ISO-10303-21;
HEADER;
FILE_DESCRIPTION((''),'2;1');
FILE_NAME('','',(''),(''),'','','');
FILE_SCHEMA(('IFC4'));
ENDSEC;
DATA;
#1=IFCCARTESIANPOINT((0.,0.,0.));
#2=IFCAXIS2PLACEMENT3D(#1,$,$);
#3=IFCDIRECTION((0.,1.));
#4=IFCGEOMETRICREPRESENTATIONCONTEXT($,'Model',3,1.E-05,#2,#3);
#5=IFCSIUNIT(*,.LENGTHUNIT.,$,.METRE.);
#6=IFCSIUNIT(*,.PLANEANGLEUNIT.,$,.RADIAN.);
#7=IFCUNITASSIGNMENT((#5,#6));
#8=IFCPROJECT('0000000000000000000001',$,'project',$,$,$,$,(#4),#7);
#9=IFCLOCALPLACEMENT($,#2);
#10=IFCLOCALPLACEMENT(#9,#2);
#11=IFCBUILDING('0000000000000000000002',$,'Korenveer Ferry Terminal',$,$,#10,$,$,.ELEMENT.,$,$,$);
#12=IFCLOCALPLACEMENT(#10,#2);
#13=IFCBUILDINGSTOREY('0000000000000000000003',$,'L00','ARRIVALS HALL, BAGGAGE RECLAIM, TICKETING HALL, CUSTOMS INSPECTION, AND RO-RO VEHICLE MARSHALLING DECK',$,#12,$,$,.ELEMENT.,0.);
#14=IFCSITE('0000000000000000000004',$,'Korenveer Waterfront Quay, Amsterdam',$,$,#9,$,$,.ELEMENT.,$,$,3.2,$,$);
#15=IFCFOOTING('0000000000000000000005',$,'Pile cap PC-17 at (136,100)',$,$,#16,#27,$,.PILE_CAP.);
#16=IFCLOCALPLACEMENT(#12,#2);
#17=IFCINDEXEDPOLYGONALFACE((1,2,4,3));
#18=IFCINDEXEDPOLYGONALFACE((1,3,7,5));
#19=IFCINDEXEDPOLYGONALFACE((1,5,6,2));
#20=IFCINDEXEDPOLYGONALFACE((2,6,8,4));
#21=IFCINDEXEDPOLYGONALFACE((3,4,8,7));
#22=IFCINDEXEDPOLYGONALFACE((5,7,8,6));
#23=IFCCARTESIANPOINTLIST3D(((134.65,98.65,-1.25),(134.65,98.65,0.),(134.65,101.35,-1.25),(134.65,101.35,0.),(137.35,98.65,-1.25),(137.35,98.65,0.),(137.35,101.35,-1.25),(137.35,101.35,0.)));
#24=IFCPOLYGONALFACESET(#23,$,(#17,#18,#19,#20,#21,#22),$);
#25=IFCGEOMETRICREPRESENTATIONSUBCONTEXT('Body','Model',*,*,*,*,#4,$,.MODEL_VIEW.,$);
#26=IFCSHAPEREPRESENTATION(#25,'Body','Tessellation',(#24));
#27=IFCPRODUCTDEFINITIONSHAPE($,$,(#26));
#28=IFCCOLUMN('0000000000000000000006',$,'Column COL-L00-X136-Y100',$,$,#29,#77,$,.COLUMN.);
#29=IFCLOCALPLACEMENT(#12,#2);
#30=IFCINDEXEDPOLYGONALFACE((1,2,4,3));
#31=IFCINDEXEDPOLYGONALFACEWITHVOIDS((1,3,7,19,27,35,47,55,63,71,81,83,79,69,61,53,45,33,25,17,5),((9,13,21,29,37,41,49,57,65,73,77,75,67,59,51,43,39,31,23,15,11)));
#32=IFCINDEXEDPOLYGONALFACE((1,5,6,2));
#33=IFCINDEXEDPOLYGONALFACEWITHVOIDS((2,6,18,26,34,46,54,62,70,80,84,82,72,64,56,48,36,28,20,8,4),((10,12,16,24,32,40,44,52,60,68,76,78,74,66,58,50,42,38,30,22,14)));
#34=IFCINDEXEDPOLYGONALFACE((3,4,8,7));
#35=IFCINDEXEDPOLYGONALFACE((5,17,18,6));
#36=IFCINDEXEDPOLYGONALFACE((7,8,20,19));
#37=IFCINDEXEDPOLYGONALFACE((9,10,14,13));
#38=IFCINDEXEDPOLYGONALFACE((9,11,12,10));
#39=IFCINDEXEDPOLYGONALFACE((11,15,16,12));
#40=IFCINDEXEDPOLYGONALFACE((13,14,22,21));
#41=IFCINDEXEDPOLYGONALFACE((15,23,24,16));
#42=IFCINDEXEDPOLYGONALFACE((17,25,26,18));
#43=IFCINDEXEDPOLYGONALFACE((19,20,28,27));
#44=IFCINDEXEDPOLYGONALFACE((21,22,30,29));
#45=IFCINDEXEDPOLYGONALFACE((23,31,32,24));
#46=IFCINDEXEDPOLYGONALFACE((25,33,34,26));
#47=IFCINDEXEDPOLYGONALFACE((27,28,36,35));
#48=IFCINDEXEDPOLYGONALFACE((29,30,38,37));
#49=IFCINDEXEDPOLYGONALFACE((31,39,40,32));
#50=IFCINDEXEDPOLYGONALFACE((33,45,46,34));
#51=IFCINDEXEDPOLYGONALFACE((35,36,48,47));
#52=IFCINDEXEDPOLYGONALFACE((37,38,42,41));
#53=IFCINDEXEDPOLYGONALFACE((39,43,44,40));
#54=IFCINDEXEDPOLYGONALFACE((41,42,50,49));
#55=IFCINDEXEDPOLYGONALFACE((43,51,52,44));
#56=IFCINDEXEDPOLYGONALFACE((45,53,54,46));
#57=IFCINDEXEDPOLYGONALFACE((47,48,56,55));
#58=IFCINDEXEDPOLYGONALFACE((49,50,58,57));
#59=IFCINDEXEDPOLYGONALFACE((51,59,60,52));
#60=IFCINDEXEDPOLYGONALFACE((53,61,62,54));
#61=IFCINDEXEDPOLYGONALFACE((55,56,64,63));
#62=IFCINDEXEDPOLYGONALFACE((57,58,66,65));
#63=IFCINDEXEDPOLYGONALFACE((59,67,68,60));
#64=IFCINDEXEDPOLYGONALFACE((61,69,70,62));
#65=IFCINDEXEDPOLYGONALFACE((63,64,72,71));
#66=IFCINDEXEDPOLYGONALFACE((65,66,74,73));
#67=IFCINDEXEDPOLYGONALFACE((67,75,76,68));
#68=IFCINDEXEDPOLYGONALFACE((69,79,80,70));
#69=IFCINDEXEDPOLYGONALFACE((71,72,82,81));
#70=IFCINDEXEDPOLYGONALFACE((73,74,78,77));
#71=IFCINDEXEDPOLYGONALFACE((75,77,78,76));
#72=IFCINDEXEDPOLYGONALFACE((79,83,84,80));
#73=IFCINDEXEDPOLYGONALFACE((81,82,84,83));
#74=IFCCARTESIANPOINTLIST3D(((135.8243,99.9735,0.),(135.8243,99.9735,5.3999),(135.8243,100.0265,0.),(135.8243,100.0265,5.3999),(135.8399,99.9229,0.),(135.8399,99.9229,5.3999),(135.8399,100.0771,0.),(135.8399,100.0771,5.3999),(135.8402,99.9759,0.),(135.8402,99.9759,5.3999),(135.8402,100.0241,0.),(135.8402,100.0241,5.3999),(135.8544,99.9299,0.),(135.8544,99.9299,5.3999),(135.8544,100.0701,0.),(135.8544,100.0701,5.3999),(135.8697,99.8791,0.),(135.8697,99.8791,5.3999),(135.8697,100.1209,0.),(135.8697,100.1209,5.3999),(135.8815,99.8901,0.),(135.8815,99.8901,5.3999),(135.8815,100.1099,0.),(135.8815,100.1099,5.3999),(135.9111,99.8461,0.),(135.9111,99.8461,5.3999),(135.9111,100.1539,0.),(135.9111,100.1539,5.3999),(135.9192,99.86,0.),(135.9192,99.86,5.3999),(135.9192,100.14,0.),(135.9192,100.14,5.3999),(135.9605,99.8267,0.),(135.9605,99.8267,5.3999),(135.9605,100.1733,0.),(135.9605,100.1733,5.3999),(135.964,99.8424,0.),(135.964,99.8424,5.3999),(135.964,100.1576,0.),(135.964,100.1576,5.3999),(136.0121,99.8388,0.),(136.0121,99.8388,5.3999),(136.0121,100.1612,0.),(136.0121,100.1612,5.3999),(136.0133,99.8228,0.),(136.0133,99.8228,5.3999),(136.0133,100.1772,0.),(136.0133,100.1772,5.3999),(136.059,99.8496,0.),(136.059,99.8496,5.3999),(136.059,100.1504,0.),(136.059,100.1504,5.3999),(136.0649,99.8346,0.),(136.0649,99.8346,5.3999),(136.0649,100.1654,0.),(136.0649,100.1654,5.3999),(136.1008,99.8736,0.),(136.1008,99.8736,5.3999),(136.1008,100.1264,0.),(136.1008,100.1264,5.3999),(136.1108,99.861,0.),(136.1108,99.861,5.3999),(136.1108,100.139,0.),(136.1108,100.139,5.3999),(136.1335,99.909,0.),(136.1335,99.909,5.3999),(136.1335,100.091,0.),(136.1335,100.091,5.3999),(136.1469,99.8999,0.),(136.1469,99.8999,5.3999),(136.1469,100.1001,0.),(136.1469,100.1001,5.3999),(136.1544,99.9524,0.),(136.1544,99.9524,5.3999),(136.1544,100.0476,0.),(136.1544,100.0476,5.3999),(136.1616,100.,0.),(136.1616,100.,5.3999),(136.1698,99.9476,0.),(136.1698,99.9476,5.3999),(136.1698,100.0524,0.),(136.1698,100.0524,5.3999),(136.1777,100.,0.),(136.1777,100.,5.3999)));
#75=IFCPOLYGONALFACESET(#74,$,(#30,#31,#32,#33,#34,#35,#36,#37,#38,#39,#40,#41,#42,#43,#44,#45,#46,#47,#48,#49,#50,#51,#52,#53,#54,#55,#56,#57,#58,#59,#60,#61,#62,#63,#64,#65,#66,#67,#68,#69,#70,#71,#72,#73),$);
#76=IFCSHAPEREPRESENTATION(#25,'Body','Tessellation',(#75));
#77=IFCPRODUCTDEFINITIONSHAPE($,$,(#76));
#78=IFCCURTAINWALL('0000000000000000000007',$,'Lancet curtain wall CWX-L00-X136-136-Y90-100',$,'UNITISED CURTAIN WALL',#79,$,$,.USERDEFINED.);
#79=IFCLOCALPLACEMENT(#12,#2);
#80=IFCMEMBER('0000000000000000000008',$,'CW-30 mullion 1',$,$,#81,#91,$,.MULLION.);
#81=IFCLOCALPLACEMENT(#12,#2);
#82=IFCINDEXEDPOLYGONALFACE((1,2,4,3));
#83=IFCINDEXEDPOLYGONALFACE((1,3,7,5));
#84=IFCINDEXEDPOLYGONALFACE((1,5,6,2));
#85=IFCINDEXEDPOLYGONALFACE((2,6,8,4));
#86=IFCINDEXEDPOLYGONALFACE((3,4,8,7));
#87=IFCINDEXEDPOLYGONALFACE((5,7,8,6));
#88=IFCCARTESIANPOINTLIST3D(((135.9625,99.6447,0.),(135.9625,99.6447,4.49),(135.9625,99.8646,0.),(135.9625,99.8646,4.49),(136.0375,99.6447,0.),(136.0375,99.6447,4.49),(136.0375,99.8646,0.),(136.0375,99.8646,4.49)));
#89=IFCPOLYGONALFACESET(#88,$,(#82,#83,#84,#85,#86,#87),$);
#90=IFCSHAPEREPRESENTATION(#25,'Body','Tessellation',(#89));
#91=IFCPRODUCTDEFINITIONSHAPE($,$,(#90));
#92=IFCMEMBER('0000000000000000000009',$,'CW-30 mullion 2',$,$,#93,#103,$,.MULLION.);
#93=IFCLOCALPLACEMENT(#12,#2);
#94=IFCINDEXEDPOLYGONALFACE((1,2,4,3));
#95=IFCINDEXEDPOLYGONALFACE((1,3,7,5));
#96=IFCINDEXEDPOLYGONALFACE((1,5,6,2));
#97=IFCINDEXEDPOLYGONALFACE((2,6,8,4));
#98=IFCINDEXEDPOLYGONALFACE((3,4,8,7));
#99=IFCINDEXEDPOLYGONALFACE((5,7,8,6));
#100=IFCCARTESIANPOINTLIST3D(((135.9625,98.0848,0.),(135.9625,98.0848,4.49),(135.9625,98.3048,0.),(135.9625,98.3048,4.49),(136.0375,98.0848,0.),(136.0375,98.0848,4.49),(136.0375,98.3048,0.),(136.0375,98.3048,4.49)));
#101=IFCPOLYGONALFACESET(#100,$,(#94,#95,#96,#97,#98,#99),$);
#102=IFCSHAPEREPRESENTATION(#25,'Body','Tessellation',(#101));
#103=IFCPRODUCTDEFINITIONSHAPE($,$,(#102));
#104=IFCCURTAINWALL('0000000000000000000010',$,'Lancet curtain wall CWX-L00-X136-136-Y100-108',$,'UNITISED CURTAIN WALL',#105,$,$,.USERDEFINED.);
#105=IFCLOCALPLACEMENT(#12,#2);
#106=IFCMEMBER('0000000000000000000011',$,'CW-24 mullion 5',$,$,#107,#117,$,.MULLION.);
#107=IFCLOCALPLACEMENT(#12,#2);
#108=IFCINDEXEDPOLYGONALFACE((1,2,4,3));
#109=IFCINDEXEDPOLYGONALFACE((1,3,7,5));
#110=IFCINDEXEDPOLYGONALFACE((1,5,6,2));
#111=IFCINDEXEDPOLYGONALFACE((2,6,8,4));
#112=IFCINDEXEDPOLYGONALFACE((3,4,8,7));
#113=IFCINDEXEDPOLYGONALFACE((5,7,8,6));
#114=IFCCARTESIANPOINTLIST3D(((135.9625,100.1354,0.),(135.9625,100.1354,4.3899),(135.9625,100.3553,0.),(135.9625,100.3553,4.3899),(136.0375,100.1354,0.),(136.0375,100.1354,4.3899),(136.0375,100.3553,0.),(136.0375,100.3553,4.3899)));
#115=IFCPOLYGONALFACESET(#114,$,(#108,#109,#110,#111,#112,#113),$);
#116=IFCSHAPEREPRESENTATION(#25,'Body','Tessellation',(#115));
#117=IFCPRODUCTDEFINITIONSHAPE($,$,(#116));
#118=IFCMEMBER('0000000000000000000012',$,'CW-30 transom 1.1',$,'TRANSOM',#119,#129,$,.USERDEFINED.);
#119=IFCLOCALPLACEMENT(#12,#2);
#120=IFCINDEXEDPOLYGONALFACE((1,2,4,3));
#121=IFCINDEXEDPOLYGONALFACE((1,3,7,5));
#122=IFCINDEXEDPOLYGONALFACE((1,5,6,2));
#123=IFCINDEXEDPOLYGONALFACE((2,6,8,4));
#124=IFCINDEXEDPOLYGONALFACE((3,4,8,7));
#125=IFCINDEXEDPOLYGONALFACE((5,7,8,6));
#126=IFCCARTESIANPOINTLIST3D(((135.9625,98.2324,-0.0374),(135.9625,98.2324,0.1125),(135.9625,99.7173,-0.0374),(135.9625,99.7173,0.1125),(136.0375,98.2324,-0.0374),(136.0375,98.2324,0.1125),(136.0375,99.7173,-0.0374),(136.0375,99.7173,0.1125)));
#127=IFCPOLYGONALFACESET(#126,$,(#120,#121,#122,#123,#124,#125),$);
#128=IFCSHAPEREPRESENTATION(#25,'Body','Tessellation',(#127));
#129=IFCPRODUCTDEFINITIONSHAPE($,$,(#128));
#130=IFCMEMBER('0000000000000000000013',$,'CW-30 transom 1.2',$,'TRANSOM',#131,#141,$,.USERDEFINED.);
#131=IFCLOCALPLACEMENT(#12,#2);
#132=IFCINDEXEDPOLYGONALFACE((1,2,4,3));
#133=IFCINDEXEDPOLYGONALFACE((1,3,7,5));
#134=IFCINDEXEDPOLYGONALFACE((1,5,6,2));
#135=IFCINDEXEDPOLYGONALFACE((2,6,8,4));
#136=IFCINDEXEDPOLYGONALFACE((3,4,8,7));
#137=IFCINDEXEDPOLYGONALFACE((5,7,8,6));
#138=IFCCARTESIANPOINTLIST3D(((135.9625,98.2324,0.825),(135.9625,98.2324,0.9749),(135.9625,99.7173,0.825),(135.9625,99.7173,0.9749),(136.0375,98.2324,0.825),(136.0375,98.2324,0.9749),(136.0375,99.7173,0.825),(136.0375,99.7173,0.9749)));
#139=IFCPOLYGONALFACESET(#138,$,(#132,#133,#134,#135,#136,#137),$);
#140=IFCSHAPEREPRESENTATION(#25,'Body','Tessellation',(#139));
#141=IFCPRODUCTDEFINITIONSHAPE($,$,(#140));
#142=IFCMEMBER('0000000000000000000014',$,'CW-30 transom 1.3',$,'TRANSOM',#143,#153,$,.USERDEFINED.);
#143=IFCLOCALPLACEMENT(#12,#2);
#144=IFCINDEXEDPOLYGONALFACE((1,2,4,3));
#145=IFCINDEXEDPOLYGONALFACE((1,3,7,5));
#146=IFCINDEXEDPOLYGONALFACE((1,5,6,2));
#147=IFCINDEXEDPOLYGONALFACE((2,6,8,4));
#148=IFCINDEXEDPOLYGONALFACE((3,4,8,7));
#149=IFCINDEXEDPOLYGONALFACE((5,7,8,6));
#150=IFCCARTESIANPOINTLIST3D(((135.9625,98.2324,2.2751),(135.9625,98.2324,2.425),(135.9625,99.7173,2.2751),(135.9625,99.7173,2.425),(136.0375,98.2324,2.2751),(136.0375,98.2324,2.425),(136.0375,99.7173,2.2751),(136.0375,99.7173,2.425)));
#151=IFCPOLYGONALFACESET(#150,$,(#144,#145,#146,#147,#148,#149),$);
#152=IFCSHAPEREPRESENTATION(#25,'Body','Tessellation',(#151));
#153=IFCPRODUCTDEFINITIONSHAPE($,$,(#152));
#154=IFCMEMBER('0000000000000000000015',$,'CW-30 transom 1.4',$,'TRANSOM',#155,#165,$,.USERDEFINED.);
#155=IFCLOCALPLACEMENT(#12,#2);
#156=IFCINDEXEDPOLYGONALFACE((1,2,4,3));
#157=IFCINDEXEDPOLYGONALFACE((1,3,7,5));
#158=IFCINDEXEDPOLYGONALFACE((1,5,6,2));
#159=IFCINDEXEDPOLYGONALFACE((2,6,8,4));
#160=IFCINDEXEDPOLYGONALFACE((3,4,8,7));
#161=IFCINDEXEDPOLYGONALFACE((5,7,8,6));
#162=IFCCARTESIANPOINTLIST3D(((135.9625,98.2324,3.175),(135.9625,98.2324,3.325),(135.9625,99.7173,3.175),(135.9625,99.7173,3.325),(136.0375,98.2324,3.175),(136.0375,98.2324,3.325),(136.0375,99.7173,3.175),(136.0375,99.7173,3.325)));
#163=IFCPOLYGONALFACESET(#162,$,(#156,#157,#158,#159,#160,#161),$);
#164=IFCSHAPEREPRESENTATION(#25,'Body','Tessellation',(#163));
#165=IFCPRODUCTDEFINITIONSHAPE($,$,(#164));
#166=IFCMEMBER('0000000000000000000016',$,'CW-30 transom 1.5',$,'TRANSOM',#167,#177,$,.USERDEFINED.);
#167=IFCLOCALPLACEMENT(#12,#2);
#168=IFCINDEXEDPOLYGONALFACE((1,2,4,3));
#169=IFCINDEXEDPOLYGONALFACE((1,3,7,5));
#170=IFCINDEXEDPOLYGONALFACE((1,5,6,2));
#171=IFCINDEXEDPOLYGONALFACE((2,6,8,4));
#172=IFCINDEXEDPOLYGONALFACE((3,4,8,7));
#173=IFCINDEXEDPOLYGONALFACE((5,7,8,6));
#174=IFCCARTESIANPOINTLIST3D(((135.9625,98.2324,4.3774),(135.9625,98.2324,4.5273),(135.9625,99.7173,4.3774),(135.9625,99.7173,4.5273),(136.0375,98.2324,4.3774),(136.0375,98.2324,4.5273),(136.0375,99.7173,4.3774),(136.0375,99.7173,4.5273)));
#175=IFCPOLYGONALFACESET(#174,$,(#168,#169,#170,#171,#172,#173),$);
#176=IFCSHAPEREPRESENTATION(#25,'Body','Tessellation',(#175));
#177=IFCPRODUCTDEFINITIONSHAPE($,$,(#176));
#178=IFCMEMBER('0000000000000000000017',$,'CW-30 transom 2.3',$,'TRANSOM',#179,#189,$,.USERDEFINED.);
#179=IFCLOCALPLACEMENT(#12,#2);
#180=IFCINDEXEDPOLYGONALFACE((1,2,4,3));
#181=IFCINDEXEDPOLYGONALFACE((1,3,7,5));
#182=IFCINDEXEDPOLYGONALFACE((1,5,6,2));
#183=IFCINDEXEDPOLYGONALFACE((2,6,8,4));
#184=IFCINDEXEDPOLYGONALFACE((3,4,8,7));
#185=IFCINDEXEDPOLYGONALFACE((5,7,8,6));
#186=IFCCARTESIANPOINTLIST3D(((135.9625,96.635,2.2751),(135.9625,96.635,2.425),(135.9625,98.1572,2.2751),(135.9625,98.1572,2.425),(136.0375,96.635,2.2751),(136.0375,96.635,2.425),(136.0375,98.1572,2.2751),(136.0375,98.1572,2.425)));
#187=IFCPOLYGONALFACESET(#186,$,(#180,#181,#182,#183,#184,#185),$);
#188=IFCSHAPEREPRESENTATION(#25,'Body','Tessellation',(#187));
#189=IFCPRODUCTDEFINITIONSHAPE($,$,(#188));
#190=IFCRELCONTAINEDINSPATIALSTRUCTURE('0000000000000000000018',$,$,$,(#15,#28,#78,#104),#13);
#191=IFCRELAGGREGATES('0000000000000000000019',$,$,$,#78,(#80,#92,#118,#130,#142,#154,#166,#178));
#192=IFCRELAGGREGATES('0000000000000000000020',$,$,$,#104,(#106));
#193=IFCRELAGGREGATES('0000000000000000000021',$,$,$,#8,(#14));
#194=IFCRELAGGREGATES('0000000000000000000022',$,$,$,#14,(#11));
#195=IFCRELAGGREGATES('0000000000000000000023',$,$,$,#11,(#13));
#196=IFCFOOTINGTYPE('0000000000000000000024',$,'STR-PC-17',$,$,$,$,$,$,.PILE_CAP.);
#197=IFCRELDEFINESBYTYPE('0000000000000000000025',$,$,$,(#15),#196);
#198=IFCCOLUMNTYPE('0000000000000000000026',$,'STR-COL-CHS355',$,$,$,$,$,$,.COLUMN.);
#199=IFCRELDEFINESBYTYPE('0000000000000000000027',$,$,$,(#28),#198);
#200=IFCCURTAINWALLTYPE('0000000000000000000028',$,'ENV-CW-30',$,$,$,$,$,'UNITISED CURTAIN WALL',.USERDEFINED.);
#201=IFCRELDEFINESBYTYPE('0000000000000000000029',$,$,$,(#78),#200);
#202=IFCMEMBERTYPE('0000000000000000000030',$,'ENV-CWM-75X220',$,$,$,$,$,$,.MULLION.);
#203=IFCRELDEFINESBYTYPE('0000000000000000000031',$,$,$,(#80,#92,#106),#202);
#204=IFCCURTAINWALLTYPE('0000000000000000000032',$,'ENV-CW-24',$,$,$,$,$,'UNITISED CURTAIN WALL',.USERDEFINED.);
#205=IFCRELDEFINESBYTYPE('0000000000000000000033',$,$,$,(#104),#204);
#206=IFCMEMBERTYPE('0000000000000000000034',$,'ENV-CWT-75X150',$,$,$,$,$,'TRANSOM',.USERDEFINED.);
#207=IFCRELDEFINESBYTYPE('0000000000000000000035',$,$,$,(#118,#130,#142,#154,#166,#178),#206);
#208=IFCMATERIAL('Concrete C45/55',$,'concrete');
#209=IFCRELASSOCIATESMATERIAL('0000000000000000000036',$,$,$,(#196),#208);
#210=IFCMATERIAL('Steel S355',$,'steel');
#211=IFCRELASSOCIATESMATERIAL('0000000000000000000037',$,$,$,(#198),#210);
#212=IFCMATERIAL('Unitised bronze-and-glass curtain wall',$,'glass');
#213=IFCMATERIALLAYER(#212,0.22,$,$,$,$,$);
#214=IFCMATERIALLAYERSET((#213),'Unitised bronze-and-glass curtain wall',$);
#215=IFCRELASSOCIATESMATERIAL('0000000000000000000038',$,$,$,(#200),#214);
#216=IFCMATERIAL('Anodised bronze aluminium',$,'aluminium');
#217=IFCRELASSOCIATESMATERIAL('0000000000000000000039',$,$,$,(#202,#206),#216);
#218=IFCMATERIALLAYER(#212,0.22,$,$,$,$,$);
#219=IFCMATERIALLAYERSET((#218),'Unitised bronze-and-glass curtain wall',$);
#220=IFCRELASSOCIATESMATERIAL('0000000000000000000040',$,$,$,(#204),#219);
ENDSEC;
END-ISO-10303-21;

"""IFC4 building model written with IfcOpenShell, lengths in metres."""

from ifc_helpers import new_model, si_unit, direction, frame, origin, origin_2d, place, context, subcontext, project, spatial, rectangle, hollow_circle, extrude, material, layer, layer_set, material_profile, profile_set, type_object, element, aggregate, save


model = new_model("IFC4")

# Units and contexts
model_context = context("Model", 3, precision=1e-05, world=origin(), true_north=direction((0.0, 1.0)))
body_context = subcontext(model_context, "Body", "Model", "MODEL_VIEW")
ifc_project = project(units=[si_unit("LENGTHUNIT", "METRE"), si_unit("PLANEANGLEUNIT", "RADIAN")], contexts=[model_context])

# Site, building, storey
site_placement = place(None, origin())
site = spatial("IfcSite", under=ifc_project, at=site_placement, Name="Korenveer Waterfront Quay, Amsterdam", CompositionType="ELEMENT", RefElevation=3.2)
building_placement = place(site_placement, origin())
building = spatial("IfcBuilding", under=site, at=building_placement, Name="Korenveer Ferry Terminal", CompositionType="ELEMENT")
storey_placement = place(building_placement, origin())
storey = spatial("IfcBuildingStorey", under=building, at=storey_placement, Name="L00", Description="ARRIVALS HALL, BAGGAGE RECLAIM, TICKETING HALL, CUSTOMS INSPECTION, AND RO-RO VEHICLE MARSHALLING DECK", CompositionType="ELEMENT", Elevation=0.0)

# Footing
ifc_material_1 = material(Name="Concrete C45/55", Category="concrete")
footing_type = type_object("IfcFootingType", Name="STR-PC-17", PredefinedType="PILE_CAP", material=ifc_material_1)
footing_placement = place(storey_placement, frame((136.0, 100.0, -1.25), z_axis=(0.0, 0.0, 1.0), x_axis=(1.0, 0.0, 0.0)))
element("IfcFooting", 1, at=footing_placement, inside=storey, type_object=footing_type, Name="Pile cap PC-17 at (136,100)", PredefinedType="PILE_CAP", context=body_context, shape_type="SweptSolid", body=[
    extrude(rectangle(XDim=2.7, YDim=2.7, at=origin_2d()), origin(), (0.0, 0.0, 1.0), 1.25),
])

# Column
ifc_material_2 = material(Name="Steel S355", Category="steel")
ifc_material_profile_1 = material_profile(ifc_material_2, hollow_circle(Radius=0.1777, WallThickness=0.0161, at=origin_2d()), Name="CHS 355.6x16")
ifc_profile_set_1 = profile_set([ifc_material_profile_1], Name="Steel S355")
column_type = type_object("IfcColumnType", Name="STR-COL-CHS355", PredefinedType="COLUMN", material=ifc_profile_set_1)
column_placement = place(storey_placement, frame((136.0, 100.0, 0.0), z_axis=(0.0, 0.0, 1.0), x_axis=(1.0, 0.0, 0.0)))
element("IfcColumn", 2, at=column_placement, inside=storey, type_object=column_type, Name="Column COL-L00-X136-Y100", PredefinedType="COLUMN", context=body_context, shape_type="SweptSolid", body=[
    extrude(hollow_circle(Radius=0.1777, WallThickness=0.0161, at=origin_2d()), origin(), (0.0, 0.0, 1.0), 5.3999),
])

# Curtain wall, members
ifc_material_3 = material(Name="Unitised bronze-and-glass curtain wall", Category="glass")
ifc_layer_1 = layer(ifc_material_3, 0.22)
ifc_layer_set_1 = layer_set([ifc_layer_1], Name="Unitised bronze-and-glass curtain wall")
curtain_wall_type_1 = type_object("IfcCurtainWallType", Name="ENV-CW-30", ElementType="UNITISED CURTAIN WALL", PredefinedType="USERDEFINED", material=ifc_layer_set_1)
curtain_wall_1_placement = place(storey_placement, frame((136.0, 99.7922, 0.0)))
curtain_wall_1 = element("IfcCurtainWall", 3, at=curtain_wall_1_placement, inside=storey, type_object=curtain_wall_type_1, Name="Lancet curtain wall CWX-L00-X136-136-Y90-100", ObjectType="UNITISED CURTAIN WALL", PredefinedType="USERDEFINED")
ifc_material_4 = material(Name="Anodised bronze aluminium", Category="aluminium")
ifc_material_profile_2 = material_profile(ifc_material_4, rectangle(XDim=0.075, YDim=0.22, at=origin_2d()), Name="ALU 75x220")
ifc_profile_set_2 = profile_set([ifc_material_profile_2], Name="Anodised bronze aluminium")
member_type_1 = type_object("IfcMemberType", Name="ENV-CWM-75X220", PredefinedType="MULLION", material=ifc_profile_set_2)
member_1_placement = place(storey_placement, frame((136.0, 99.7546, 0.0), z_axis=(0.0, 0.0, 1.0), x_axis=(1.0, 0.0, 0.0)))
member_1 = element("IfcMember", 4, at=member_1_placement, type_object=member_type_1, Name="CW-30 mullion 1", PredefinedType="MULLION", context=body_context, shape_type="SweptSolid", body=[
    extrude(rectangle(XDim=0.075, YDim=0.22, at=origin_2d()), origin(), (0.0, 0.0, 1.0), 4.49),
])
member_2_placement = place(storey_placement, frame((136.0, 98.1948, 0.0), z_axis=(0.0, 0.0, 1.0), x_axis=(1.0, 0.0, 0.0)))
member_2 = element("IfcMember", 5, at=member_2_placement, type_object=member_type_1, Name="CW-30 mullion 2", PredefinedType="MULLION", context=body_context, shape_type="SweptSolid", body=[
    extrude(rectangle(XDim=0.075, YDim=0.22, at=origin_2d()), origin(), (0.0, 0.0, 1.0), 4.49),
])

# Curtain wall, member
ifc_layer_2 = layer(ifc_material_3, 0.22)
ifc_layer_set_2 = layer_set([ifc_layer_2], Name="Unitised bronze-and-glass curtain wall")
curtain_wall_type_2 = type_object("IfcCurtainWallType", Name="ENV-CW-24", ElementType="UNITISED CURTAIN WALL", PredefinedType="USERDEFINED", material=ifc_layer_set_2)
curtain_wall_2_placement = place(storey_placement, frame((136.0, 107.7922, 0.0)))
curtain_wall_2 = element("IfcCurtainWall", 6, at=curtain_wall_2_placement, inside=storey, type_object=curtain_wall_type_2, Name="Lancet curtain wall CWX-L00-X136-136-Y100-108", ObjectType="UNITISED CURTAIN WALL", PredefinedType="USERDEFINED")
member_3_placement = place(storey_placement, frame((136.0, 100.2454, 0.0), z_axis=(0.0, 0.0, 1.0), x_axis=(1.0, 0.0, 0.0)))
member_3 = element("IfcMember", 7, at=member_3_placement, type_object=member_type_1, Name="CW-24 mullion 5", PredefinedType="MULLION", context=body_context, shape_type="SweptSolid", body=[
    extrude(rectangle(XDim=0.075, YDim=0.22, at=origin_2d()), origin(), (0.0, 0.0, 1.0), 4.3899),
])

# Members
ifc_material_profile_3 = material_profile(ifc_material_4, rectangle(XDim=0.075, YDim=0.1499, at=origin_2d()), Name="ALU 75x150")
ifc_profile_set_3 = profile_set([ifc_material_profile_3], Name="Anodised bronze aluminium")
member_type_2 = type_object("IfcMemberType", Name="ENV-CWT-75X150", ElementType="TRANSOM", PredefinedType="USERDEFINED", material=ifc_profile_set_3)
member_4_placement = place(storey_placement, frame((136.0, 99.7173, 0.0376), z_axis=(0.0, -1.0, 0.0), x_axis=(1.0, 0.0, 0.0)))
member_4 = element("IfcMember", 8, at=member_4_placement, type_object=member_type_2, Name="CW-30 transom 1.1", ObjectType="TRANSOM", PredefinedType="USERDEFINED", context=body_context, shape_type="SweptSolid", body=[
    extrude(rectangle(XDim=0.075, YDim=0.1499, at=origin_2d()), origin(), (0.0, 0.0, 1.0), 1.4849),
])
member_5_placement = place(storey_placement, frame((136.0, 99.7173, 0.8999), z_axis=(0.0, -1.0, 0.0), x_axis=(1.0, 0.0, 0.0)))
member_5 = element("IfcMember", 9, at=member_5_placement, type_object=member_type_2, Name="CW-30 transom 1.2", ObjectType="TRANSOM", PredefinedType="USERDEFINED", context=body_context, shape_type="SweptSolid", body=[
    extrude(rectangle(XDim=0.075, YDim=0.1499, at=origin_2d()), origin(), (0.0, 0.0, 1.0), 1.4849),
])
member_6_placement = place(storey_placement, frame((136.0, 99.7173, 2.3501), z_axis=(0.0, -1.0, 0.0), x_axis=(1.0, 0.0, 0.0)))
member_6 = element("IfcMember", 10, at=member_6_placement, type_object=member_type_2, Name="CW-30 transom 1.3", ObjectType="TRANSOM", PredefinedType="USERDEFINED", context=body_context, shape_type="SweptSolid", body=[
    extrude(rectangle(XDim=0.075, YDim=0.1499, at=origin_2d()), origin(), (0.0, 0.0, 1.0), 1.4849),
])
member_7_placement = place(storey_placement, frame((136.0, 99.7173, 3.25), z_axis=(0.0, -1.0, 0.0), x_axis=(1.0, 0.0, 0.0)))
member_7 = element("IfcMember", 11, at=member_7_placement, type_object=member_type_2, Name="CW-30 transom 1.4", ObjectType="TRANSOM", PredefinedType="USERDEFINED", context=body_context, shape_type="SweptSolid", body=[
    extrude(rectangle(XDim=0.075, YDim=0.1499, at=origin_2d()), origin(), (0.0, 0.0, 1.0), 1.4849),
])
member_8_placement = place(storey_placement, frame((136.0, 99.7173, 4.4524), z_axis=(0.0, -1.0, 0.0), x_axis=(1.0, 0.0, 0.0)))
member_8 = element("IfcMember", 12, at=member_8_placement, type_object=member_type_2, Name="CW-30 transom 1.5", ObjectType="TRANSOM", PredefinedType="USERDEFINED", context=body_context, shape_type="SweptSolid", body=[
    extrude(rectangle(XDim=0.075, YDim=0.1499, at=origin_2d()), origin(), (0.0, 0.0, 1.0), 1.4849),
])
member_9_placement = place(storey_placement, frame((136.0, 98.1572, 2.3501), z_axis=(0.0, -1.0, 0.0), x_axis=(1.0, 0.0, 0.0)))
member_9 = element("IfcMember", 13, at=member_9_placement, type_object=member_type_2, Name="CW-30 transom 2.3", ObjectType="TRANSOM", PredefinedType="USERDEFINED", context=body_context, shape_type="SweptSolid", body=[
    extrude(rectangle(XDim=0.075, YDim=0.1499, at=origin_2d()), origin(), (0.0, 0.0, 1.0), 1.5222),
])

aggregate(curtain_wall_1, [member_1, member_2, member_4, member_5, member_6, member_7, member_8, member_9])
aggregate(curtain_wall_2, [member_3])

save(model, "model.ifc")
